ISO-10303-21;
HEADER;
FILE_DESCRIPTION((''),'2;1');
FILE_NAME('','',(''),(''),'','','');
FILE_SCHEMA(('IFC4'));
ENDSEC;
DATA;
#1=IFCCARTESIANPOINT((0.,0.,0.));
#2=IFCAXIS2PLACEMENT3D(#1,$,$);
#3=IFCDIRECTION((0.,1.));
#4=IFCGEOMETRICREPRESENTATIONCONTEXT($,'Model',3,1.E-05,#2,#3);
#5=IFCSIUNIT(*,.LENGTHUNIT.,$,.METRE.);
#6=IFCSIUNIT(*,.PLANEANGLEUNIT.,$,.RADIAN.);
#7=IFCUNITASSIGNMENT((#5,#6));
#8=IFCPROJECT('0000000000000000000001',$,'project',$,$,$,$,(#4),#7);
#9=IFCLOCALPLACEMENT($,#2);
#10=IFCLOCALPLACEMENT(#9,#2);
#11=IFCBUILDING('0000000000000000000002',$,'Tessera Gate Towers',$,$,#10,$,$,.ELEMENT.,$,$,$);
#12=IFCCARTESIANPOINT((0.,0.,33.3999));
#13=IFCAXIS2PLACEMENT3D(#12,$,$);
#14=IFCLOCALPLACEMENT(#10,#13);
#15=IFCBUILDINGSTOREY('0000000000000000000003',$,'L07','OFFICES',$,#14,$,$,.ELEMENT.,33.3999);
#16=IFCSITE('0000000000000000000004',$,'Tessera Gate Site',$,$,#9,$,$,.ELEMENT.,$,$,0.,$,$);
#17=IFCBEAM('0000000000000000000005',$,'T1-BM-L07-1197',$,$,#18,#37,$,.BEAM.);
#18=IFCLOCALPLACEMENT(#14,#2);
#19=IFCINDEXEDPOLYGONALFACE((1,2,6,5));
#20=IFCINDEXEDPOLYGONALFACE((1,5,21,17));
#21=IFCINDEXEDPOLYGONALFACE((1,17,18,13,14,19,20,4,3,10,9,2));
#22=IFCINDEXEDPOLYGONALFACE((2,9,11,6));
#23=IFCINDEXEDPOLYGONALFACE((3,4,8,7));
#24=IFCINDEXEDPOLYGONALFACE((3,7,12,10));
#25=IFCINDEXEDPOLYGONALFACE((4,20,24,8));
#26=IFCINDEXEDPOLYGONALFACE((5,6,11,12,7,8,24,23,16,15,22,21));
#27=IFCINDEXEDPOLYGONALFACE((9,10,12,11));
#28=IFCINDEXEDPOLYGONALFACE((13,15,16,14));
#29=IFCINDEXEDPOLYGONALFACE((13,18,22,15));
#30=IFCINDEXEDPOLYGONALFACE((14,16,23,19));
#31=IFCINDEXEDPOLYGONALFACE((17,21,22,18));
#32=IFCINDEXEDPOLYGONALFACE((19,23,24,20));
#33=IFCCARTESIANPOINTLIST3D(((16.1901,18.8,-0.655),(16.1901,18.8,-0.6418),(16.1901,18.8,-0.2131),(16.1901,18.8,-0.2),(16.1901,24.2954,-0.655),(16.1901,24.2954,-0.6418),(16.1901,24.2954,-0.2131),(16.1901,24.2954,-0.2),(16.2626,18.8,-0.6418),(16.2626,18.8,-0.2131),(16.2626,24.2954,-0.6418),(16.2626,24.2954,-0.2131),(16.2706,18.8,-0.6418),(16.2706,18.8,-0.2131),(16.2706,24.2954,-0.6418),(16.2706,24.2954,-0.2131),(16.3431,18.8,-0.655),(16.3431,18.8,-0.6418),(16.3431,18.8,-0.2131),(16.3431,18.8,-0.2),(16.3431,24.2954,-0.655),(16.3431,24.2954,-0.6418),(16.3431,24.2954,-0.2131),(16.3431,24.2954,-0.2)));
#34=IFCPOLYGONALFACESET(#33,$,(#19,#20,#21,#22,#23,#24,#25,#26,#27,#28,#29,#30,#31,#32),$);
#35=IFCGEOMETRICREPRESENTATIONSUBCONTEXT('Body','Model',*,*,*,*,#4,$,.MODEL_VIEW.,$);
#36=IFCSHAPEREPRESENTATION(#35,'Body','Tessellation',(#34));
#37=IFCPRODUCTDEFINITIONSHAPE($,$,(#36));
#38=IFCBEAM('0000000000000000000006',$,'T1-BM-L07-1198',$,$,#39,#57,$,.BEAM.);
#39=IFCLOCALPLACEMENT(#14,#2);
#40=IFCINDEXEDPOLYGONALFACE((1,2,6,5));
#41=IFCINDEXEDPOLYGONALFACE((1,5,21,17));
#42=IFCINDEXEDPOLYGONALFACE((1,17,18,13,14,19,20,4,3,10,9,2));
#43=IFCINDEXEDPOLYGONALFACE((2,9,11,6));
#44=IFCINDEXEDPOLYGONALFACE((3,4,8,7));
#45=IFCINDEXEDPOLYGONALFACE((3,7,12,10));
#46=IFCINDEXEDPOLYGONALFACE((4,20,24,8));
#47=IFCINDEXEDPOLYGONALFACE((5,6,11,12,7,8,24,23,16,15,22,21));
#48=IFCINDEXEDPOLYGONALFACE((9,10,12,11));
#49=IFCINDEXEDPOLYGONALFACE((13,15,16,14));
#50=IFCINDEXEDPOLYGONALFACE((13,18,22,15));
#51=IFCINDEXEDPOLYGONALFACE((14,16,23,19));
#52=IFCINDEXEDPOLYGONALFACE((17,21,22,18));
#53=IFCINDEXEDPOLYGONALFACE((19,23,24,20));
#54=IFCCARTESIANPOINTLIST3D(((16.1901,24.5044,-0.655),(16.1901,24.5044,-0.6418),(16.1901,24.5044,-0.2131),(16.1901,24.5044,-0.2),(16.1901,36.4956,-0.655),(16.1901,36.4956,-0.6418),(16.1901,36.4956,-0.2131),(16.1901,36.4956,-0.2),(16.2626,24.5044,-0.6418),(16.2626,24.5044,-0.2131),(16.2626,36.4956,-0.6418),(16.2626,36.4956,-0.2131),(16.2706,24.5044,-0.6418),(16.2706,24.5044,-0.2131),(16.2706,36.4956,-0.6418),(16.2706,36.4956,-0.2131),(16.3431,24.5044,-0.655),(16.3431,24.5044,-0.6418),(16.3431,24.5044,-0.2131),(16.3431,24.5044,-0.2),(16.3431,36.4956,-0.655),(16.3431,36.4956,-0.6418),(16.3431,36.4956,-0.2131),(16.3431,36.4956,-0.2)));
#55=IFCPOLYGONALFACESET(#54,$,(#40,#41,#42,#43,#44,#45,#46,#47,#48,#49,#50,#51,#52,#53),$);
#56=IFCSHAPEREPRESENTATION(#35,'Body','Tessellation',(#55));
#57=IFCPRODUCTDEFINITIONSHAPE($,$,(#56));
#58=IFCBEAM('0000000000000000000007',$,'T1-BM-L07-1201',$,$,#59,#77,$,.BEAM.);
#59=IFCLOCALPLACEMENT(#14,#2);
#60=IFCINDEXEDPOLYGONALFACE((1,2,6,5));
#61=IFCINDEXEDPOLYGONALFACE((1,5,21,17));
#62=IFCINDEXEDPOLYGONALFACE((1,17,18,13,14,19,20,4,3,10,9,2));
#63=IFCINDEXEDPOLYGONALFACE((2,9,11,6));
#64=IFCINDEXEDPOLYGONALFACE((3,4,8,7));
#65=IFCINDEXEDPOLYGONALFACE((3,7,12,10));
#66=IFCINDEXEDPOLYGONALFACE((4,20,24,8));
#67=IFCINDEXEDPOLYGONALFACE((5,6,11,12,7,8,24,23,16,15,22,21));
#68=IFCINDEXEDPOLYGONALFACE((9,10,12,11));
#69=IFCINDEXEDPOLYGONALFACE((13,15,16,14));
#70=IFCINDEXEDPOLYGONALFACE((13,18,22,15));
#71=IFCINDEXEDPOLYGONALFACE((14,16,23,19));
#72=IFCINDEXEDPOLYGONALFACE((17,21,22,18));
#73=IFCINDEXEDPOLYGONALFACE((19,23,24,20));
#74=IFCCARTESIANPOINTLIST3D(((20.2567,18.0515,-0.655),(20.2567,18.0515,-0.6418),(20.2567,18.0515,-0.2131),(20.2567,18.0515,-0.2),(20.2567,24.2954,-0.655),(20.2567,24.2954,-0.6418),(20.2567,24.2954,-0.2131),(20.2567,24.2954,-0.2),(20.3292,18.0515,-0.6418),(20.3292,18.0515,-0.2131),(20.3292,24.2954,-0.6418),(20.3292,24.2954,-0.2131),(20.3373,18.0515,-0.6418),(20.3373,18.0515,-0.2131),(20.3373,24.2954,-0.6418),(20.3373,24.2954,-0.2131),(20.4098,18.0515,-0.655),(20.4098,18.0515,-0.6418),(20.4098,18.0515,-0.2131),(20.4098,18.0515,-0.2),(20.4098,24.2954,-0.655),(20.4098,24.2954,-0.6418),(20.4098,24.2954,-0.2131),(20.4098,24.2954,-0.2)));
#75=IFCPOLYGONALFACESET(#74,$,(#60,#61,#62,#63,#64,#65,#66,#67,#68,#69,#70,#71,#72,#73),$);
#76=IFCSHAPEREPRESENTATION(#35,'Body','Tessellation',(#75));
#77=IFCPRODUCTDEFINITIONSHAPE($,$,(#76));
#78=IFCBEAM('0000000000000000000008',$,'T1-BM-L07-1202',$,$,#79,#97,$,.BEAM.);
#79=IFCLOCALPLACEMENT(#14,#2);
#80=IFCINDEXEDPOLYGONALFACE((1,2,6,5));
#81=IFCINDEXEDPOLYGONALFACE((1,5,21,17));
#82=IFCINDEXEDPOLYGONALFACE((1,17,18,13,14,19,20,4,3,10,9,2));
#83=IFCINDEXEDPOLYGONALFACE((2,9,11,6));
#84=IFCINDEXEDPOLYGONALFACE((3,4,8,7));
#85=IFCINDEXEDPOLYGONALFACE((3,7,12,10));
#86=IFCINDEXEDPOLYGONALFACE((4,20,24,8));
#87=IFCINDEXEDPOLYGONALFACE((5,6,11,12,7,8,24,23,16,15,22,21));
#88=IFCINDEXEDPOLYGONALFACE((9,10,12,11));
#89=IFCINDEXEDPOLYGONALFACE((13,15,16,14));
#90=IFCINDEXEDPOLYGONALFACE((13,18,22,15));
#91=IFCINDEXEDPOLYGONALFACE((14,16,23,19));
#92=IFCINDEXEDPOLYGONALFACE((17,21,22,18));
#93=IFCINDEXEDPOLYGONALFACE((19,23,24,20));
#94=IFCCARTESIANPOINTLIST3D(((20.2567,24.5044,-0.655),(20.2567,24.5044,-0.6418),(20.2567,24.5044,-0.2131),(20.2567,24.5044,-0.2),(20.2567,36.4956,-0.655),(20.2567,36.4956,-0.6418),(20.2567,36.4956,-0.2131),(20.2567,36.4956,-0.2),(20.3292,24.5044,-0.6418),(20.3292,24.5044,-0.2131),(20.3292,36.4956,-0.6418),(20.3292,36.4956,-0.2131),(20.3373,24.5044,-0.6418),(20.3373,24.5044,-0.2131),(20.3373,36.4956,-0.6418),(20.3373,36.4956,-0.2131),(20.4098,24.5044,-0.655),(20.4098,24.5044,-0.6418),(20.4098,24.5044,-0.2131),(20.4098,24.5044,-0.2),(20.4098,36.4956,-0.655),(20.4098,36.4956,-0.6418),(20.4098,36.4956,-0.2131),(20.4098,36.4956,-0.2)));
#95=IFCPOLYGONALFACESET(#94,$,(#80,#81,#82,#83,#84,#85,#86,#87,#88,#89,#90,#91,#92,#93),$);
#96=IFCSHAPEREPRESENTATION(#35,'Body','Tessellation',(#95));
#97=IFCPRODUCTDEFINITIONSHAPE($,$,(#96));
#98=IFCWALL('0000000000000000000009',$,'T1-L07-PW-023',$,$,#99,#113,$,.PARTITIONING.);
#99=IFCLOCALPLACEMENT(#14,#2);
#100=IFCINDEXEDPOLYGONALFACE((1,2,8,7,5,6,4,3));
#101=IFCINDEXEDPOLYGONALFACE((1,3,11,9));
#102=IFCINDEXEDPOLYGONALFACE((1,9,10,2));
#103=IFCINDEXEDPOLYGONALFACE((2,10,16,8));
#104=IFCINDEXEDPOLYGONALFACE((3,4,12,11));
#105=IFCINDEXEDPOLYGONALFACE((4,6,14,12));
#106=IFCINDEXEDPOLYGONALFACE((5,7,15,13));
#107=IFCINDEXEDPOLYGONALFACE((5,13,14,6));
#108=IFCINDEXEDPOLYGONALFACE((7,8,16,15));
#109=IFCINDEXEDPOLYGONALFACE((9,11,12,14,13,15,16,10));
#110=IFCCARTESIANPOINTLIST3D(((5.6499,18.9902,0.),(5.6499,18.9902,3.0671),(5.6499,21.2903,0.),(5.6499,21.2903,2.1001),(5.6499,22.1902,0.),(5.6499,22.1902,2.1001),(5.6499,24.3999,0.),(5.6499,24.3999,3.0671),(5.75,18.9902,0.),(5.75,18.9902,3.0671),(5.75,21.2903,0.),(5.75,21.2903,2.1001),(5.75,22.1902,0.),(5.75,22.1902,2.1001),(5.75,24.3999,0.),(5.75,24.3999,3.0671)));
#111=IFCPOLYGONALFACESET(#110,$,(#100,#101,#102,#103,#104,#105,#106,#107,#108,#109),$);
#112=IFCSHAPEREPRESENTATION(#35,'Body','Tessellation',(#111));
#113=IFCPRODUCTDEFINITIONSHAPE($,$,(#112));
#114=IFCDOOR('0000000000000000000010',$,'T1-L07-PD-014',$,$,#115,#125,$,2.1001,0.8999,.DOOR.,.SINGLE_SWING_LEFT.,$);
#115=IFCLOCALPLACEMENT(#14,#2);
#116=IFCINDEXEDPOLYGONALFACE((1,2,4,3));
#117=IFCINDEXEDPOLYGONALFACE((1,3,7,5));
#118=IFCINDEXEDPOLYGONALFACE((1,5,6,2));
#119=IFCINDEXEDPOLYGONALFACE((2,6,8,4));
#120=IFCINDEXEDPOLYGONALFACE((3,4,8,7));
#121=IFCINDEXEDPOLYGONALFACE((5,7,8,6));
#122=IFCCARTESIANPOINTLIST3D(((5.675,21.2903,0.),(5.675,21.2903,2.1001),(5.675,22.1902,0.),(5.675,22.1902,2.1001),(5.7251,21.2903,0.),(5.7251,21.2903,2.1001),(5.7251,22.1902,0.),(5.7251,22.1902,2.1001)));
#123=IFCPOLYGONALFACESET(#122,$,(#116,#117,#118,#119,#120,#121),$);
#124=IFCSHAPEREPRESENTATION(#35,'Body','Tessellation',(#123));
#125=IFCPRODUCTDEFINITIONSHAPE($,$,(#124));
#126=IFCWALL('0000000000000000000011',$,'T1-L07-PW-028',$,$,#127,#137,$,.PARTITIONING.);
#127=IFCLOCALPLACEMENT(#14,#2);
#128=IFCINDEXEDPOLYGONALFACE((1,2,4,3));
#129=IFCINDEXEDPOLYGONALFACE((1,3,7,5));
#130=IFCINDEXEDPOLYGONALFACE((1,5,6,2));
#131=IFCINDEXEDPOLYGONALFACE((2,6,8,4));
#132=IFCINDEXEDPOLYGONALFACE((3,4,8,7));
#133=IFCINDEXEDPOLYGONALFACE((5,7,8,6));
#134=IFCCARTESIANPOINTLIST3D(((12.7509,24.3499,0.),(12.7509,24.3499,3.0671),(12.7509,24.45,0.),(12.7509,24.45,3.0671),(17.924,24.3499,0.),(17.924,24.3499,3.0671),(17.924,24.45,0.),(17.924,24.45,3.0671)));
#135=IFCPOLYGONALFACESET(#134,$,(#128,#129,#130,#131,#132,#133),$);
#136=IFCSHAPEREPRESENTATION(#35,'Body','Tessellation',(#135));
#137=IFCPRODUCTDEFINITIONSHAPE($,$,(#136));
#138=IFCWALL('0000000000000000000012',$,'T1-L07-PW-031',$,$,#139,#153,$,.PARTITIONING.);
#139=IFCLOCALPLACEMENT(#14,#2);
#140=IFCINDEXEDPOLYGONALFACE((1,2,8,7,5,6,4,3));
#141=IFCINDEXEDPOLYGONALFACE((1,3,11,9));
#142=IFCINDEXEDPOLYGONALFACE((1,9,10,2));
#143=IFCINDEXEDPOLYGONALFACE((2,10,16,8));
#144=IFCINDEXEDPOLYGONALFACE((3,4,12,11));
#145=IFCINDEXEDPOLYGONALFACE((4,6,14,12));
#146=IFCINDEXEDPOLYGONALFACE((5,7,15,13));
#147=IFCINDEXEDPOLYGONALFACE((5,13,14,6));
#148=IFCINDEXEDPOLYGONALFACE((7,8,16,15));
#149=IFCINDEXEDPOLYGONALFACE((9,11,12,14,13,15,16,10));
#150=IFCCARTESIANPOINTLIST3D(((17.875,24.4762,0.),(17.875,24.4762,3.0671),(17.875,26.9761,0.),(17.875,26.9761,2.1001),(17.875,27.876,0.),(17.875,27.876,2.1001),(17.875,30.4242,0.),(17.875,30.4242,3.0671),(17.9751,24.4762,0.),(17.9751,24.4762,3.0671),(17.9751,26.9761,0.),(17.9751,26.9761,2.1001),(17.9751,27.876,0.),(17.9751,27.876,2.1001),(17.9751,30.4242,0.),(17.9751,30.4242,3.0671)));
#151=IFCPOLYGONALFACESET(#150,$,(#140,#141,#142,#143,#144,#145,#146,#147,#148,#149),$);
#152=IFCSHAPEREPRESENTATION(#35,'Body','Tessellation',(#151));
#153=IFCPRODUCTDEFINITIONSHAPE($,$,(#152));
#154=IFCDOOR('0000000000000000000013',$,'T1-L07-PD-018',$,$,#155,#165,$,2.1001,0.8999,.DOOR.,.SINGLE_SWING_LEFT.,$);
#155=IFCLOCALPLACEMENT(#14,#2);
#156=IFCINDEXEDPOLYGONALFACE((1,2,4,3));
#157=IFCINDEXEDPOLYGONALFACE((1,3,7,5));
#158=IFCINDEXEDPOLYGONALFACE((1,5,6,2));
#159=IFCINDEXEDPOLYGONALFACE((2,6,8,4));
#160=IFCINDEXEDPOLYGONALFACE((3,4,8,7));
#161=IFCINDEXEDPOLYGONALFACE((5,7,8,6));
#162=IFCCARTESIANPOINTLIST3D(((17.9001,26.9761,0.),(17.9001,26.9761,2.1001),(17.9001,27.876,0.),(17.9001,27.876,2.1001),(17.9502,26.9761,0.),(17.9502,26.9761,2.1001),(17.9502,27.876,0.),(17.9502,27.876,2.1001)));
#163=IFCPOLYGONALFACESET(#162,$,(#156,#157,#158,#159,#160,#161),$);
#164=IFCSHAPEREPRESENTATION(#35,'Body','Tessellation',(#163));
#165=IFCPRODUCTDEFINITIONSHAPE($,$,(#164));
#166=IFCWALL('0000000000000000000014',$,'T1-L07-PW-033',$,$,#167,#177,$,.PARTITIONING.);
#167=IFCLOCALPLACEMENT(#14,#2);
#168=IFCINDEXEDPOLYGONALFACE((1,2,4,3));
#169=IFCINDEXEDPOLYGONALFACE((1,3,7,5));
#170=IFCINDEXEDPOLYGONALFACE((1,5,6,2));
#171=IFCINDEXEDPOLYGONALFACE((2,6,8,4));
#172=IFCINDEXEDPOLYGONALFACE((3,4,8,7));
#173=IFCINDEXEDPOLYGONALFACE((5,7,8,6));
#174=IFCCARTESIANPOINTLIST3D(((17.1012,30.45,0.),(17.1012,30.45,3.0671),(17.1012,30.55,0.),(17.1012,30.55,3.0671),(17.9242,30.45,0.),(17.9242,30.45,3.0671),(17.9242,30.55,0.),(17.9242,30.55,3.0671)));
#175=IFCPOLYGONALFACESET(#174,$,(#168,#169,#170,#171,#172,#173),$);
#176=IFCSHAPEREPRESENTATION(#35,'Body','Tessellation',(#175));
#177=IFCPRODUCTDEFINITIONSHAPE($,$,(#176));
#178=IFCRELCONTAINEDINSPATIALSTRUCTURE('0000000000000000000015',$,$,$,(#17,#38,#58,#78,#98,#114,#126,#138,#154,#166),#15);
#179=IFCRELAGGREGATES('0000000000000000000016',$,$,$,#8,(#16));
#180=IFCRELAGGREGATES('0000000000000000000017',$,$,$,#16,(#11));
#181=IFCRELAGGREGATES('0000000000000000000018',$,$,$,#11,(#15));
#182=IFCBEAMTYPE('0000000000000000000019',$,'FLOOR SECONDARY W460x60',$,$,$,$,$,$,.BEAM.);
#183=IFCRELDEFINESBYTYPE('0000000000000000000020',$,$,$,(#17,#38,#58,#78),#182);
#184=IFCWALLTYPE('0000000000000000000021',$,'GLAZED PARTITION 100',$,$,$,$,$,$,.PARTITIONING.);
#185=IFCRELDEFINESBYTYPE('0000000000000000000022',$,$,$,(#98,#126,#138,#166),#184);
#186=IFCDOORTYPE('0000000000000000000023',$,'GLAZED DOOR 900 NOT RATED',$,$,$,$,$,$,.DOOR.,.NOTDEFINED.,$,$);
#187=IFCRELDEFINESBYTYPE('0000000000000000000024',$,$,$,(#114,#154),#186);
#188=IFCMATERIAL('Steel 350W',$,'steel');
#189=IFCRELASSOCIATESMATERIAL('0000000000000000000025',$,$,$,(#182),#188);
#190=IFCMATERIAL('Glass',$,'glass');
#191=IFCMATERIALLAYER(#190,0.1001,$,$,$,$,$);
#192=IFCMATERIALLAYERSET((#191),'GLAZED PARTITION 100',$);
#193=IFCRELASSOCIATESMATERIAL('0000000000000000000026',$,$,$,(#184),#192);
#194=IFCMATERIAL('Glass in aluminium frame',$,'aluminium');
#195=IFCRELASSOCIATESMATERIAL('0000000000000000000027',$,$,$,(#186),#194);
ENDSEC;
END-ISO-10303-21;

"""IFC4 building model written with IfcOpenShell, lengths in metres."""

from ifc_helpers import new_model, si_unit, direction, frame, frame_2d, origin, origin_2d, place, context, subcontext, project, spatial, rectangle, i_section, extrude, source, transform, mapped, material, layer, layer_set, material_profile, profile_set, type_object, element, fill, save


model = new_model("IFC4")

# Units and contexts
model_context = context("Model", 3, precision=1e-05, world=origin(), true_north=direction((0.0, 1.0)))
body_context = subcontext(model_context, "Body", "Model", "MODEL_VIEW")
ifc_project = project(units=[si_unit("LENGTHUNIT", "METRE"), si_unit("PLANEANGLEUNIT", "RADIAN")], contexts=[model_context])

# Site, building, storey
site_placement = place(None, origin())
site = spatial("IfcSite", under=ifc_project, at=site_placement, Name="Tessera Gate Site", CompositionType="ELEMENT", RefElevation=0.0)
building_placement = place(site_placement, origin())
building = spatial("IfcBuilding", under=site, at=building_placement, Name="Tessera Gate Towers", CompositionType="ELEMENT")
storey_placement = place(building_placement, frame((0.0, 0.0, 33.3999)))
storey = spatial("IfcBuildingStorey", under=building, at=storey_placement, Name="L07", Description="OFFICES", CompositionType="ELEMENT", Elevation=33.3999)

# Beams
ifc_material_1 = material(Name="Steel 350W", Category="steel")
ifc_material_profile_1 = material_profile(ifc_material_1, i_section(OverallWidth=0.1531, OverallDepth=0.4551, WebThickness=0.0081, FlangeThickness=0.0132, at=origin_2d()), Name="W460x60")
ifc_profile_set_1 = profile_set([ifc_material_profile_1], Name="Steel 350W")
beam_type_1 = type_object("IfcBeamType", Name="FLOOR SECONDARY W460x60", PredefinedType="BEAM", material=ifc_profile_set_1)
beam_1_placement = place(storey_placement, frame((16.2666, 18.8, -0.4275), z_axis=(0.0, 1.0, 0.0), x_axis=(-1.0, 0.0, 0.0)))
element("IfcBeam", 1, at=beam_1_placement, inside=storey, type_object=beam_type_1, Name="T1-BM-L07-1197", PredefinedType="BEAM", context=body_context, shape_type="SweptSolid", body=[
    extrude(i_section(OverallWidth=0.1531, OverallDepth=0.4551, WebThickness=0.0081, FlangeThickness=0.0132, at=origin_2d()), origin(), (0.0, 0.0, 1.0), 5.4954),
])
beam_2_placement = place(storey_placement, frame((16.2666, 24.5044, -0.4275), z_axis=(0.0, 1.0, 0.0), x_axis=(-1.0, 0.0, 0.0)))
element("IfcBeam", 2, at=beam_2_placement, inside=storey, type_object=beam_type_1, Name="T1-BM-L07-1198", PredefinedType="BEAM", context=body_context, shape_type="SweptSolid", body=[
    extrude(i_section(OverallWidth=0.1531, OverallDepth=0.4551, WebThickness=0.0081, FlangeThickness=0.0132, at=origin_2d()), origin(), (0.0, 0.0, 1.0), 11.9912),
])
beam_3_placement = place(storey_placement, frame((20.3333, 18.0515, -0.4275), z_axis=(0.0, 1.0, 0.0), x_axis=(-1.0, 0.0, 0.0)))
element("IfcBeam", 3, at=beam_3_placement, inside=storey, type_object=beam_type_1, Name="T1-BM-L07-1201", PredefinedType="BEAM", context=body_context, shape_type="SweptSolid", body=[
    extrude(i_section(OverallWidth=0.1531, OverallDepth=0.4551, WebThickness=0.0081, FlangeThickness=0.0132, at=origin_2d()), origin(), (0.0, 0.0, 1.0), 6.2439),
])
beam_4_placement = place(storey_placement, frame((20.3333, 24.5044, -0.4275), z_axis=(0.0, 1.0, 0.0), x_axis=(-1.0, 0.0, 0.0)))
element("IfcBeam", 4, at=beam_4_placement, inside=storey, type_object=beam_type_1, Name="T1-BM-L07-1202", PredefinedType="BEAM", context=body_context, shape_type="SweptSolid", body=[
    extrude(i_section(OverallWidth=0.1531, OverallDepth=0.4551, WebThickness=0.0081, FlangeThickness=0.0132, at=origin_2d()), origin(), (0.0, 0.0, 1.0), 11.9912),
])

# Wall, opening, door
ifc_material_2 = material(Name="Glass", Category="glass")
ifc_layer_1 = layer(ifc_material_2, 0.1001)
ifc_layer_set_1 = layer_set([ifc_layer_1], Name="GLAZED PARTITION 100")
wall_type_1 = type_object("IfcWallType", Name="GLAZED PARTITION 100", PredefinedType="PARTITIONING", material=ifc_layer_set_1)
wall_1_placement = place(storey_placement, frame((5.7, 18.9902, 0.0), z_axis=(0.0, 0.0, 1.0), x_axis=(0.0, 1.0, 0.0)))
wall_1 = element("IfcWall", 5, at=wall_1_placement, inside=storey, type_object=wall_type_1, Name="T1-L07-PW-023", PredefinedType="PARTITIONING", context=body_context, shape_type="SweptSolid", body=[
    extrude(rectangle(XDim=5.4097, YDim=0.1001, at=frame_2d((2.7048, 0.0))), origin(), (0.0, 0.0, 1.0), 3.0671),
])
shared_shape_1 = source(origin(), body_context, "Body", "SweptSolid", [
    extrude(rectangle(XDim=0.8999, YDim=2.1001, at=frame_2d((0.45, 1.05))), frame((0.0, 0.0601, 0.0), z_axis=(0.0, -1.0, 0.0), x_axis=(1.0, 0.0, 0.0)), (0.0, 0.0, 1.0), 0.1201),
])
opening_1_placement = place(wall_1_placement, frame((2.3, 0.0, 0.0)))
opening_1 = element("IfcOpeningElement", 6, at=opening_1_placement, cuts=wall_1, PredefinedType="OPENING", context=body_context, shape_type="MappedRepresentation", body=[
    mapped(shared_shape_1, transform((0.0, 0.0, 0.0), scale=1.0)),
])
ifc_material_3 = material(Name="Glass in aluminium frame", Category="aluminium")
door_type = type_object("IfcDoorType", Name="GLAZED DOOR 900 NOT RATED", OperationType="NOTDEFINED", PredefinedType="DOOR", material=ifc_material_3)
shared_shape_2 = source(origin(), body_context, "Body", "SweptSolid", [
    extrude(rectangle(XDim=0.8999, YDim=2.1001, at=frame_2d((0.45, 1.05))), frame((0.0, 0.0249, 0.0), z_axis=(0.0, -1.0, 0.0), x_axis=(1.0, 0.0, 0.0)), (0.0, 0.0, 1.0), 0.05),
])
door_1_placement = place(opening_1_placement, origin())
door_1 = element("IfcDoor", 7, at=door_1_placement, inside=storey, type_object=door_type, Name="T1-L07-PD-014", OperationType="SINGLE_SWING_LEFT", OverallHeight=2.1001, OverallWidth=0.8999, PredefinedType="DOOR", context=body_context, shape_type="MappedRepresentation", body=[
    mapped(shared_shape_2, transform((0.0, 0.0, 0.0), scale=1.0)),
])
fill(opening_1, door_1)

# Wall
wall_2_placement = place(storey_placement, frame((12.751, 24.3999, 0.0), z_axis=(0.0, 0.0, 1.0), x_axis=(1.0, 0.0, 0.0)))
element("IfcWall", 8, at=wall_2_placement, inside=storey, type_object=wall_type_1, Name="T1-L07-PW-028", PredefinedType="PARTITIONING", context=body_context, shape_type="SweptSolid", body=[
    extrude(rectangle(XDim=5.1731, YDim=0.1001, at=frame_2d((2.5864, 0.0))), origin(), (0.0, 0.0, 1.0), 3.0671),
])

# Wall, opening, door
wall_3_placement = place(storey_placement, frame((17.925, 24.4761, 0.0), z_axis=(0.0, 0.0, 1.0), x_axis=(0.0, 1.0, 0.0)))
wall_3 = element("IfcWall", 9, at=wall_3_placement, inside=storey, type_object=wall_type_1, Name="T1-L07-PW-031", PredefinedType="PARTITIONING", context=body_context, shape_type="SweptSolid", body=[
    extrude(rectangle(XDim=5.948, YDim=0.1001, at=frame_2d((2.9741, 0.0))), origin(), (0.0, 0.0, 1.0), 3.0671),
])
opening_2_placement = place(wall_3_placement, frame((2.5, 0.0, 0.0)))
opening_2 = element("IfcOpeningElement", 10, at=opening_2_placement, cuts=wall_3, PredefinedType="OPENING", context=body_context, shape_type="MappedRepresentation", body=[
    mapped(shared_shape_1, transform((0.0, 0.0, 0.0), scale=1.0)),
])
door_2_placement = place(opening_2_placement, origin())
door_2 = element("IfcDoor", 11, at=door_2_placement, inside=storey, type_object=door_type, Name="T1-L07-PD-018", OperationType="SINGLE_SWING_LEFT", OverallHeight=2.1001, OverallWidth=0.8999, PredefinedType="DOOR", context=body_context, shape_type="MappedRepresentation", body=[
    mapped(shared_shape_2, transform((0.0, 0.0, 0.0), scale=1.0)),
])
fill(opening_2, door_2)

# Wall
wall_4_placement = place(storey_placement, frame((17.1011, 30.5, 0.0), z_axis=(0.0, 0.0, 1.0), x_axis=(1.0, 0.0, 0.0)))
element("IfcWall", 12, at=wall_4_placement, inside=storey, type_object=wall_type_1, Name="T1-L07-PW-033", PredefinedType="PARTITIONING", context=body_context, shape_type="SweptSolid", body=[
    extrude(rectangle(XDim=0.823, YDim=0.1001, at=frame_2d((0.4116, 0.0))), origin(), (0.0, 0.0, 1.0), 3.0671),
])

save(model, "model.ifc")
